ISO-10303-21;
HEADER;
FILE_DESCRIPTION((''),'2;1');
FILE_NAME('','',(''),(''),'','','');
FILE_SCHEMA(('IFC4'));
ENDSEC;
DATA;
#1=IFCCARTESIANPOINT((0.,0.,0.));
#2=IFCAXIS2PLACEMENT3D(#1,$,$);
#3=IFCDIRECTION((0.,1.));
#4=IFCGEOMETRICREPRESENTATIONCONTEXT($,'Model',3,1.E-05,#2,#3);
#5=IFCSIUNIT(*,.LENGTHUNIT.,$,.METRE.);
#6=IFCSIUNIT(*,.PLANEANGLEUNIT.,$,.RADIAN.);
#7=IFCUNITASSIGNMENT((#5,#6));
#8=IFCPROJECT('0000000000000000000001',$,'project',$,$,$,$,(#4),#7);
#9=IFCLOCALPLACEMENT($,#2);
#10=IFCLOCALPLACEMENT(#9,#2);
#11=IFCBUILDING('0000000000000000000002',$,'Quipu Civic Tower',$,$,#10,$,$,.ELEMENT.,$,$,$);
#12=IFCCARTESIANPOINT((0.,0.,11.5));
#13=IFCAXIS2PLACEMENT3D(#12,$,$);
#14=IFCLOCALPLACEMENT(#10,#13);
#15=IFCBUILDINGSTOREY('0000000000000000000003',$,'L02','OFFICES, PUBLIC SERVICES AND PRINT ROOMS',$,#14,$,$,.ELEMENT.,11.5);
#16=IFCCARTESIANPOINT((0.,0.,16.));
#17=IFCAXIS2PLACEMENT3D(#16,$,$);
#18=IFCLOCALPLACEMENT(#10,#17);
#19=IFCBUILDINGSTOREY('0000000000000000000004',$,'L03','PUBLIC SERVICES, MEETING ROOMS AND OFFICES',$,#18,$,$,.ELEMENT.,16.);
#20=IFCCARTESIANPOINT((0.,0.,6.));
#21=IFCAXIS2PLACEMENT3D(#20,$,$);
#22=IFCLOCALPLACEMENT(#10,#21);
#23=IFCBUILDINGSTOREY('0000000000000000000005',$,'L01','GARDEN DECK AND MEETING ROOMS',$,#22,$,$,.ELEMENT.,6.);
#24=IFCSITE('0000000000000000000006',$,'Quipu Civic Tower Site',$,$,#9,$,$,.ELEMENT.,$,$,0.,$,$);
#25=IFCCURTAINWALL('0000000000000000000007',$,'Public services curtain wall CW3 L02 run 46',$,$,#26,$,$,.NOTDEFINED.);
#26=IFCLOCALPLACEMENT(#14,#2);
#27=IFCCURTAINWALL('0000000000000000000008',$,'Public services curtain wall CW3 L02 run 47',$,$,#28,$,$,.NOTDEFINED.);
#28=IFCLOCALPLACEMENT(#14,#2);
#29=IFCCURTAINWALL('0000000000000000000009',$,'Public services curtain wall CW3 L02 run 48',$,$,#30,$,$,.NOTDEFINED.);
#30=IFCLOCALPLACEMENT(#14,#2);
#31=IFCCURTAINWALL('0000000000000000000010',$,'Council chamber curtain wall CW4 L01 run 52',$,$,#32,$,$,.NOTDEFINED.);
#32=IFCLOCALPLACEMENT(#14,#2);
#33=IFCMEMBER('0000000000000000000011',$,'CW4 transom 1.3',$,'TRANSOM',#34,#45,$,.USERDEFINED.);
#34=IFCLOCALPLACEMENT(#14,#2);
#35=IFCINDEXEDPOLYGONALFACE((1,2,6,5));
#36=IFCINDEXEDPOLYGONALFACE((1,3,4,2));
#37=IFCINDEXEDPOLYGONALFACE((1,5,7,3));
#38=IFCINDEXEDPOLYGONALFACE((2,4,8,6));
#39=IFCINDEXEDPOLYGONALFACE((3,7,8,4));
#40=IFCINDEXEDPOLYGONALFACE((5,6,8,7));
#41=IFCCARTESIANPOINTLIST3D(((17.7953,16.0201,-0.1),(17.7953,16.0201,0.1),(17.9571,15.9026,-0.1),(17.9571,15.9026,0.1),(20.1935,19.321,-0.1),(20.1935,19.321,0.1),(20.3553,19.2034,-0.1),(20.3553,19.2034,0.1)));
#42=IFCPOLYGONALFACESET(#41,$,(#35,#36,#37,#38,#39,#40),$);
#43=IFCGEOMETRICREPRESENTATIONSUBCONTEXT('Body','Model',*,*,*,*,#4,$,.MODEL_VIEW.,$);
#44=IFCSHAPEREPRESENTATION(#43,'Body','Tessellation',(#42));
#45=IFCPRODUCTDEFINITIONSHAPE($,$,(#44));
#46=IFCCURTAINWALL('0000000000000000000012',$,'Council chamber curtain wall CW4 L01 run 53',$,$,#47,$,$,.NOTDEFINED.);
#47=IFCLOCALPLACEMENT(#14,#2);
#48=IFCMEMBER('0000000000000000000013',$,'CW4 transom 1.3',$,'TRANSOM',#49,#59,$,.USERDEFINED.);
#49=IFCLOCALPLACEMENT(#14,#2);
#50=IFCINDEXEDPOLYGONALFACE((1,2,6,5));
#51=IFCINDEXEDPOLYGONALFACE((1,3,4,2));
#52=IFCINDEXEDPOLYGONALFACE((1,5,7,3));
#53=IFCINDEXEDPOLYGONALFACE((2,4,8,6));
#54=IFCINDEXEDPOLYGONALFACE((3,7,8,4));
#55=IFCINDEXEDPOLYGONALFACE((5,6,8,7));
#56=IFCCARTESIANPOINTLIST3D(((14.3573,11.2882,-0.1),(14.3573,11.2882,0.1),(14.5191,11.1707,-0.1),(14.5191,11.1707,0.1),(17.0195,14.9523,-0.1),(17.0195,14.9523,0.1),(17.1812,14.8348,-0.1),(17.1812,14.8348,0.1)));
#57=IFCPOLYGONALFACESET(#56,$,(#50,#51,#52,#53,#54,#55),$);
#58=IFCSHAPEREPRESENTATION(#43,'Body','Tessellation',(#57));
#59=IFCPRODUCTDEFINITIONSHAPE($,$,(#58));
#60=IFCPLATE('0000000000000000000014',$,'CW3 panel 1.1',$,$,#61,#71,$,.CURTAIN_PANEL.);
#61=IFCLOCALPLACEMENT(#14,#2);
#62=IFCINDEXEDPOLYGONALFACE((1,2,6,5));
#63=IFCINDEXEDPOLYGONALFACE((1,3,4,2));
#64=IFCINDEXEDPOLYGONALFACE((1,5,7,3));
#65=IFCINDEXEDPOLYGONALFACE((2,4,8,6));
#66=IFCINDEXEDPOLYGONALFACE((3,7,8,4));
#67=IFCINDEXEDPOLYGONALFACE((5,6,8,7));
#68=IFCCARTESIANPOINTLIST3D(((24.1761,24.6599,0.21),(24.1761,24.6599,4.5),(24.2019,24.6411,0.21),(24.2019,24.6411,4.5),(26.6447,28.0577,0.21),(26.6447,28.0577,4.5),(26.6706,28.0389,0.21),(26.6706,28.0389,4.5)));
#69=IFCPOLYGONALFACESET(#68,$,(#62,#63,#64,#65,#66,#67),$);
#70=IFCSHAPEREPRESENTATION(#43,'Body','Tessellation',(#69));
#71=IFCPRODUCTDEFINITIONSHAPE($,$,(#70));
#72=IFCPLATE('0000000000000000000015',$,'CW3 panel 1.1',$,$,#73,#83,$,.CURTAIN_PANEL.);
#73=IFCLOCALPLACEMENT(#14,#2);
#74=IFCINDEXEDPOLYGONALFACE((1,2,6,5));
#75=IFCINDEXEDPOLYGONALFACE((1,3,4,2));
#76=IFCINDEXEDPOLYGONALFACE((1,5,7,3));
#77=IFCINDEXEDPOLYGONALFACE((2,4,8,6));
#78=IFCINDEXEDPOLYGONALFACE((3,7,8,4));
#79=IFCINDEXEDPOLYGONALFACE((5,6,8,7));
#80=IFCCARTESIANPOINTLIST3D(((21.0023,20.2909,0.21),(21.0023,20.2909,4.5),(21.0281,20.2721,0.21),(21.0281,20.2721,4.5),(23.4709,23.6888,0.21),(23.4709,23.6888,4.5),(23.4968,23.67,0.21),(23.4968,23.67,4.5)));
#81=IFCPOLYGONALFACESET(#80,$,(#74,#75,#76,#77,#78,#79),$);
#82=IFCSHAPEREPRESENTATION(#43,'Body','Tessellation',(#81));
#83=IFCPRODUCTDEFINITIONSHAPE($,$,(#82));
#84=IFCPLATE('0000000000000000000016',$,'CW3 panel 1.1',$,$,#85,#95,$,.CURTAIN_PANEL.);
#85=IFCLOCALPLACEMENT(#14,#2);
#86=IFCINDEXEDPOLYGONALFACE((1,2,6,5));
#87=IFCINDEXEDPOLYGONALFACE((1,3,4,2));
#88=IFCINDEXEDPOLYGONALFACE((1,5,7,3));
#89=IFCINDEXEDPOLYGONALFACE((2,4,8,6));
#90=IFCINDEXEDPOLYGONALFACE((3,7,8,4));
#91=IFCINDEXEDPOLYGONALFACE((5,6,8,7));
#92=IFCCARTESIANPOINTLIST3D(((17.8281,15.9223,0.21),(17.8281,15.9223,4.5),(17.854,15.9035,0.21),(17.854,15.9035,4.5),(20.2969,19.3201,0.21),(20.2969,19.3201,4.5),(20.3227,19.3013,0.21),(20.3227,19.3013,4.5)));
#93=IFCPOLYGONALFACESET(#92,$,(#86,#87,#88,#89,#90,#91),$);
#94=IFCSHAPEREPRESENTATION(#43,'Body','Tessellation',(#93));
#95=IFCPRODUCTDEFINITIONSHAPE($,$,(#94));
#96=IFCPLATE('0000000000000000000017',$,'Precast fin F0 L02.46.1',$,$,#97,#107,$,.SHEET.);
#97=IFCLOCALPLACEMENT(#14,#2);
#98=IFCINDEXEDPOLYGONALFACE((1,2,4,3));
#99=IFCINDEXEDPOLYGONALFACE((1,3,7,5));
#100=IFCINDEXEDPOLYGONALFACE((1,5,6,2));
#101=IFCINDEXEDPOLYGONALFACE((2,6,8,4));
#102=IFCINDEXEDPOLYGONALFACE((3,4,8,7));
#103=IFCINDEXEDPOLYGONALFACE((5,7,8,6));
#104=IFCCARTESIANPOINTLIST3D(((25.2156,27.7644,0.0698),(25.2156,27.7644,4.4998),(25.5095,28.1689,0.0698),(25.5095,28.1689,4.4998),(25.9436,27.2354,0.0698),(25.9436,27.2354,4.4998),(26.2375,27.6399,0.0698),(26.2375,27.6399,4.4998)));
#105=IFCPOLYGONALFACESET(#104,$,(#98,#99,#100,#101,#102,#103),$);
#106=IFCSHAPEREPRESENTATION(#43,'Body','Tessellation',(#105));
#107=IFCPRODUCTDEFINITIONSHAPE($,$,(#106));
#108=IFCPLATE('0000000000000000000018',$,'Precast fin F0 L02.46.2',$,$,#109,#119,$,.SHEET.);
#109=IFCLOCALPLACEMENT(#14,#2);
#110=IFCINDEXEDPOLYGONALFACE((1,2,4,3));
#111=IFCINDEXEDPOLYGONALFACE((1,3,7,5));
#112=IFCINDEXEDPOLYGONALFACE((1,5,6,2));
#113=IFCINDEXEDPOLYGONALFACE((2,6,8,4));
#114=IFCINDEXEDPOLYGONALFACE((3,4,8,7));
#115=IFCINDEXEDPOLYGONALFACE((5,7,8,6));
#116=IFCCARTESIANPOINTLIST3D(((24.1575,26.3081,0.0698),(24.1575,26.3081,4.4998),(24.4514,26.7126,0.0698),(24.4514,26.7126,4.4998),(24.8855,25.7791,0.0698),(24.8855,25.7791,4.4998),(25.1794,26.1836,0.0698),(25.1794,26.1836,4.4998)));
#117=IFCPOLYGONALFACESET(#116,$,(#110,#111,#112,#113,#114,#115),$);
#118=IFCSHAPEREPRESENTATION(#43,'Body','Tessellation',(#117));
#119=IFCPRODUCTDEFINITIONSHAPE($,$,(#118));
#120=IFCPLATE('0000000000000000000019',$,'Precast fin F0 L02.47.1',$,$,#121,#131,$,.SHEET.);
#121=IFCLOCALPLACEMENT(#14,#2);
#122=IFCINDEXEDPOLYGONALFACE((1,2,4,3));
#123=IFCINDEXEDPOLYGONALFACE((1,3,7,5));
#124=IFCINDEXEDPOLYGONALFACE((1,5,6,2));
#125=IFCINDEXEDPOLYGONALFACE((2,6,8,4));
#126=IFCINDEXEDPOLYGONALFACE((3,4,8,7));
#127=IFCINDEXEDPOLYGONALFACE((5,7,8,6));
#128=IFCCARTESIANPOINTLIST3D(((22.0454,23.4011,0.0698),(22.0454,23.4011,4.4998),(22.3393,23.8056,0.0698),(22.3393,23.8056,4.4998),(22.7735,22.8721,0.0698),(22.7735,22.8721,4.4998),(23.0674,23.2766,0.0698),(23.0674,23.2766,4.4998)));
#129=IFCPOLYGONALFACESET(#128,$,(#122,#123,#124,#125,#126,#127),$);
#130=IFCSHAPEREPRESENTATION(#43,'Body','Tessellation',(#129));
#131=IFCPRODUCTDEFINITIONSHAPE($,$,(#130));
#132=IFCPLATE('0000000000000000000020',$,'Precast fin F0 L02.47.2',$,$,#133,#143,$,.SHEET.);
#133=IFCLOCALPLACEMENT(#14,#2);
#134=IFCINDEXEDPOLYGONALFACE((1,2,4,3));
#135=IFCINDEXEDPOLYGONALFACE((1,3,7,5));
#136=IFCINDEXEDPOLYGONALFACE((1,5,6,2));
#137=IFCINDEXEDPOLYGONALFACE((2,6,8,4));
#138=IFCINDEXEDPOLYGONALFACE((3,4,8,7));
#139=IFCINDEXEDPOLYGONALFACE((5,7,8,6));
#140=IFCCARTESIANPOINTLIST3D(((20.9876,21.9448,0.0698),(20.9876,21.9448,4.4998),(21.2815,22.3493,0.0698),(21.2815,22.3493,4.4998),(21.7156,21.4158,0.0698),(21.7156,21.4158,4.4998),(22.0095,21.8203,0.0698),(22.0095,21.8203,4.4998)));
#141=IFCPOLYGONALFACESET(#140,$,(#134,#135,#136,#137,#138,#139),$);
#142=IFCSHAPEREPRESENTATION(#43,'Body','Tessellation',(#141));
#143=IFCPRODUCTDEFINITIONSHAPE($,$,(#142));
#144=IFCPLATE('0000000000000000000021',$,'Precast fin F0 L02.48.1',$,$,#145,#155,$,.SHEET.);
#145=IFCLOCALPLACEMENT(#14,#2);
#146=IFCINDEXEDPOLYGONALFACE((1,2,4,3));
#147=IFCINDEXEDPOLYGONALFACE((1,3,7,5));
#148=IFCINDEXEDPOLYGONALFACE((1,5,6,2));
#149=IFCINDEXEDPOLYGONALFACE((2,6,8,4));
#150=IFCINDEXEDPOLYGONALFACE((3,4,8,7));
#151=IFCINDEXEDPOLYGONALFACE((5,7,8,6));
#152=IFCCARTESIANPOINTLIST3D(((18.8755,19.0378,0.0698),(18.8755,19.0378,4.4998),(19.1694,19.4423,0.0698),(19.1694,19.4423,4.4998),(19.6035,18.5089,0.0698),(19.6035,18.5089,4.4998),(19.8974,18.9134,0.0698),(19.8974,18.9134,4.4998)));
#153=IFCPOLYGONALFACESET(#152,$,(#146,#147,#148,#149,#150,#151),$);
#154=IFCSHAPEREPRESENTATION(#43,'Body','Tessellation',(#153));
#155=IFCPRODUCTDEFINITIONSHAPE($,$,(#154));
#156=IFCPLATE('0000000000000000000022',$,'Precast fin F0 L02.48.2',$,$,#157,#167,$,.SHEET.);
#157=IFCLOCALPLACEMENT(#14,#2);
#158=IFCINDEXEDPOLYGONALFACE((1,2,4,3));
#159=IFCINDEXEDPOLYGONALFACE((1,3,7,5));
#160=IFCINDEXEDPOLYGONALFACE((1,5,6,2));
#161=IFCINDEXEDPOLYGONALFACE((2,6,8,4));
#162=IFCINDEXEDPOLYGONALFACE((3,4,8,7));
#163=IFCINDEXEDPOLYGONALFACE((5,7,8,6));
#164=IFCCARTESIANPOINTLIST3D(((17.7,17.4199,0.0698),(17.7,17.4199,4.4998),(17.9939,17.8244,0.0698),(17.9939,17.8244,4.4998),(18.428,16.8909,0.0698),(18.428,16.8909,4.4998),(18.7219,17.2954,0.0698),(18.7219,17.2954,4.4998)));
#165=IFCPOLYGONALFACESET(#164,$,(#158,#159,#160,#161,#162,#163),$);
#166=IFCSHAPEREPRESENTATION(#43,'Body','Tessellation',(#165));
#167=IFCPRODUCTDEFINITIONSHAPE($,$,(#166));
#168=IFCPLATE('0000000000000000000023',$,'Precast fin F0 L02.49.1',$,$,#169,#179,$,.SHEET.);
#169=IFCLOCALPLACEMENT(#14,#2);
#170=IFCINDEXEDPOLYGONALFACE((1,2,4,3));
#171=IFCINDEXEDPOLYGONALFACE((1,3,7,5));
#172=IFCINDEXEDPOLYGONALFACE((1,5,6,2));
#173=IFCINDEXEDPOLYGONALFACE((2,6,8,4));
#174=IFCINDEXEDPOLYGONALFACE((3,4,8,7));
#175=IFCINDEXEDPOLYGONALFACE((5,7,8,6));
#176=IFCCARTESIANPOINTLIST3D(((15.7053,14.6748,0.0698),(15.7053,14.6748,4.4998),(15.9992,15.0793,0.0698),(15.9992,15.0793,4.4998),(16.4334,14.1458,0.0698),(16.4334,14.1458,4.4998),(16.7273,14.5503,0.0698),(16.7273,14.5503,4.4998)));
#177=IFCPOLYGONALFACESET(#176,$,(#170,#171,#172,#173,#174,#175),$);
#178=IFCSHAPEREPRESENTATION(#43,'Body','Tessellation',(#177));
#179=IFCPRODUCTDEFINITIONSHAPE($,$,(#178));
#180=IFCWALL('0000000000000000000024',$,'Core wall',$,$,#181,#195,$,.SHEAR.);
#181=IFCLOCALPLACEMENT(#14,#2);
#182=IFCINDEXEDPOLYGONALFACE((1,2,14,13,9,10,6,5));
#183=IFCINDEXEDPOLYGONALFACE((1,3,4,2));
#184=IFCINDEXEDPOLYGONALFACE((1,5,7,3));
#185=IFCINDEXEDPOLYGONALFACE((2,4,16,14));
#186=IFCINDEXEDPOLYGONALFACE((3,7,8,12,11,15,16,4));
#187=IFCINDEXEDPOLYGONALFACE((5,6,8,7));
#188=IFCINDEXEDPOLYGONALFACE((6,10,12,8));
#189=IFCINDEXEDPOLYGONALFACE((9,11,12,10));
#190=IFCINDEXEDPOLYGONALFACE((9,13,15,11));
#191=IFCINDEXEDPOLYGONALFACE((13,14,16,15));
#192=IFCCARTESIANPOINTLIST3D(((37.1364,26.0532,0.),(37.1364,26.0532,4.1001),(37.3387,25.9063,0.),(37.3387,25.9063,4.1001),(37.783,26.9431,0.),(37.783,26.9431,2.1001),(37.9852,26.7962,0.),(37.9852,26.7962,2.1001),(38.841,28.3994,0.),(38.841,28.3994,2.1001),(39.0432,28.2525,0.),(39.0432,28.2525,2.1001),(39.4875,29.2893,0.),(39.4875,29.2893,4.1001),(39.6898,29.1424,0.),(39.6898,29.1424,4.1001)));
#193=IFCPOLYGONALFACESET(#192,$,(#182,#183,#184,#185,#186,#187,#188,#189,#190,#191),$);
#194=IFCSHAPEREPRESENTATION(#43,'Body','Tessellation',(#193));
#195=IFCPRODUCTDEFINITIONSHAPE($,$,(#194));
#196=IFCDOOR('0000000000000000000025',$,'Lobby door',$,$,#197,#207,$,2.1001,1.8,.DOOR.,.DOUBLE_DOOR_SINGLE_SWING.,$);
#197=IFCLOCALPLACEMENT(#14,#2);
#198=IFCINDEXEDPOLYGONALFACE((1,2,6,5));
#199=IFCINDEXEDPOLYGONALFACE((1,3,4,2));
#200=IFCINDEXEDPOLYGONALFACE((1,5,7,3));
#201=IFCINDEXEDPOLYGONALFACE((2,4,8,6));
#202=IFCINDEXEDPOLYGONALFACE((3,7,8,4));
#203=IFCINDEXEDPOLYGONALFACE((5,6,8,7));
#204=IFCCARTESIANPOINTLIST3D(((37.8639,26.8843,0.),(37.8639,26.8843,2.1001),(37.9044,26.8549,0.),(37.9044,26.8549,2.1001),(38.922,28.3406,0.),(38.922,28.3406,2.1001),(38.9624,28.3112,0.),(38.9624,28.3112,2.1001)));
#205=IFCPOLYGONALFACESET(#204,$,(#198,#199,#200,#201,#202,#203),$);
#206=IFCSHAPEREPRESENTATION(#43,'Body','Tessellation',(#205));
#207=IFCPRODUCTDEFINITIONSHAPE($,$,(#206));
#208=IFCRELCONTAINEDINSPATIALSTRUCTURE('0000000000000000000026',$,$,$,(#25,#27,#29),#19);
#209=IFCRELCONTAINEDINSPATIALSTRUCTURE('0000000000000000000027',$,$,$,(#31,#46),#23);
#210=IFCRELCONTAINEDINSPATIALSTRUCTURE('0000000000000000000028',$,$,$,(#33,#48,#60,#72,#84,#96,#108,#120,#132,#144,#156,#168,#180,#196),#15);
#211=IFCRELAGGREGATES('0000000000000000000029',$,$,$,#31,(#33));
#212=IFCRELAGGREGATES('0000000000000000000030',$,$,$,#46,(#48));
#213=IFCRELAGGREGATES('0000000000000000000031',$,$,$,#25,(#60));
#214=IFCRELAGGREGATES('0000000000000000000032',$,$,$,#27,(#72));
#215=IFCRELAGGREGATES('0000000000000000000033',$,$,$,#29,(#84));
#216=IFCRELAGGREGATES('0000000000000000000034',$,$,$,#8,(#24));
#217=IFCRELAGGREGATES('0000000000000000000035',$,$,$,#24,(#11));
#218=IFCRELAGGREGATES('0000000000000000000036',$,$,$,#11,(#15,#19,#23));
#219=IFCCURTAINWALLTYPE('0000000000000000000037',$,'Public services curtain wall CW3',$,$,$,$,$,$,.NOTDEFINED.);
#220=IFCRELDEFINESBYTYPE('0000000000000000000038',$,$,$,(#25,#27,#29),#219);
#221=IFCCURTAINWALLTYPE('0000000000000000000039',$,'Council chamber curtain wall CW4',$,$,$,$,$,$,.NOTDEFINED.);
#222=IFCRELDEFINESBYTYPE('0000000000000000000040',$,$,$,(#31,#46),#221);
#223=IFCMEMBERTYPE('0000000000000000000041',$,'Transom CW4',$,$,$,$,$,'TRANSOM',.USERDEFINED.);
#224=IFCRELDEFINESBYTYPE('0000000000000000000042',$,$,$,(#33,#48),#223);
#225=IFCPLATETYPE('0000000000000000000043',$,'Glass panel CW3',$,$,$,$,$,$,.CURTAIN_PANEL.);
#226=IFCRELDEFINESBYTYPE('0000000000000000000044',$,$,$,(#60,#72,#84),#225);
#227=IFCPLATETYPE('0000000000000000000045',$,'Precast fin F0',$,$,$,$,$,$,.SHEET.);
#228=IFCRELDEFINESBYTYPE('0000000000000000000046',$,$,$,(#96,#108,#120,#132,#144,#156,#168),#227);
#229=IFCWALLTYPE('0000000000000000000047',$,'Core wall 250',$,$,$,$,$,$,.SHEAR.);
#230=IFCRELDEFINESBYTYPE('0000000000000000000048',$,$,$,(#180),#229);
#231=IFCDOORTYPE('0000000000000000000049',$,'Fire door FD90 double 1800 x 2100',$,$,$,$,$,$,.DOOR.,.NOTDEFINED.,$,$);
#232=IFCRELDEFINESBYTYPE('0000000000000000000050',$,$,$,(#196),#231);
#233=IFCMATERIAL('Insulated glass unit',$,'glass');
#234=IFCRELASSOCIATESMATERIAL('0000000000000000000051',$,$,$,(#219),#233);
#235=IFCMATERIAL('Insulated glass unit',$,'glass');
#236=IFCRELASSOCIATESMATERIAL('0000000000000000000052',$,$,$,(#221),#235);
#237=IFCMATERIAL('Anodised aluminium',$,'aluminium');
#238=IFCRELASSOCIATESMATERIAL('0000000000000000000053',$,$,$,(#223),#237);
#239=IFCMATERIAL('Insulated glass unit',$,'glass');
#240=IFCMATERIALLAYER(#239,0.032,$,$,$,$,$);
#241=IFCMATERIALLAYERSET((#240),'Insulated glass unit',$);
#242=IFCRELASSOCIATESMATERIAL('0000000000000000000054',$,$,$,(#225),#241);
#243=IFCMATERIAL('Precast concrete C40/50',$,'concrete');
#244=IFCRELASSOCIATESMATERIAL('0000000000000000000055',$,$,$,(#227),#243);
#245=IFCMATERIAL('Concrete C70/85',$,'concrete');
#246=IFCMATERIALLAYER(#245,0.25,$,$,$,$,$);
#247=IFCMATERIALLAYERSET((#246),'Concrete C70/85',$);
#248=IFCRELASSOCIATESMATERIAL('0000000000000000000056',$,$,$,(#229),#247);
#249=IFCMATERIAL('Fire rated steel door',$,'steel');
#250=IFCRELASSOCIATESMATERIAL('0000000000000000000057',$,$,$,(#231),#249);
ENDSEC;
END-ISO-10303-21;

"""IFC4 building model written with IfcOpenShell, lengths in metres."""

from ifc_helpers import new_model, si_unit, direction, frame, frame_2d, origin, origin_2d, place, context, subcontext, project, spatial, rectangle, extrude, material, layer, layer_set, material_profile, profile_set, type_object, element, fill, aggregate, save


model = new_model("IFC4")

# Units and contexts
model_context = context("Model", 3, precision=1e-05, world=origin(), true_north=direction((0.0, 1.0)))
body_context = subcontext(model_context, "Body", "Model", "MODEL_VIEW")
ifc_project = project(units=[si_unit("LENGTHUNIT", "METRE"), si_unit("PLANEANGLEUNIT", "RADIAN")], contexts=[model_context])

# Site, building, storey
site_placement = place(None, origin())
site = spatial("IfcSite", under=ifc_project, at=site_placement, Name="Quipu Civic Tower Site", CompositionType="ELEMENT", RefElevation=0.0)
building_placement = place(site_placement, origin())
building = spatial("IfcBuilding", under=site, at=building_placement, Name="Quipu Civic Tower", CompositionType="ELEMENT")
storey_1_placement = place(building_placement, frame((0.0, 0.0, 11.5)))
storey_1 = spatial("IfcBuildingStorey", under=building, at=storey_1_placement, Name="L02", Description="OFFICES, PUBLIC SERVICES AND PRINT ROOMS", CompositionType="ELEMENT", Elevation=11.5)

# Shared definitions
storey_2_placement = place(building_placement, frame((0.0, 0.0, 16.0)))
storey_2 = spatial("IfcBuildingStorey", under=building, at=storey_2_placement, Name="L03", Description="PUBLIC SERVICES, MEETING ROOMS AND OFFICES", CompositionType="ELEMENT", Elevation=16.0)

# Curtain walls
ifc_material_1 = material(Name="Insulated glass unit", Category="glass")
curtain_wall_type_1 = type_object("IfcCurtainWallType", Name="Public services curtain wall CW3", PredefinedType="NOTDEFINED", material=ifc_material_1)
curtain_wall_1_placement = place(storey_2_placement, origin())
curtain_wall_1 = element("IfcCurtainWall", 1, at=curtain_wall_1_placement, inside=storey_2, type_object=curtain_wall_type_1, Name="Public services curtain wall CW3 L02 run 46", PredefinedType="NOTDEFINED")
curtain_wall_2_placement = place(storey_2_placement, origin())
curtain_wall_2 = element("IfcCurtainWall", 2, at=curtain_wall_2_placement, inside=storey_2, type_object=curtain_wall_type_1, Name="Public services curtain wall CW3 L02 run 47", PredefinedType="NOTDEFINED")
curtain_wall_3_placement = place(storey_2_placement, origin())
curtain_wall_3 = element("IfcCurtainWall", 3, at=curtain_wall_3_placement, inside=storey_2, type_object=curtain_wall_type_1, Name="Public services curtain wall CW3 L02 run 48", PredefinedType="NOTDEFINED")

# Shared definitions
storey_3_placement = place(building_placement, frame((0.0, 0.0, 6.0)))
storey_3 = spatial("IfcBuildingStorey", under=building, at=storey_3_placement, Name="L01", Description="GARDEN DECK AND MEETING ROOMS", CompositionType="ELEMENT", Elevation=6.0)

# Curtain walls, members
ifc_material_2 = material(Name="Insulated glass unit", Category="glass")
curtain_wall_type_2 = type_object("IfcCurtainWallType", Name="Council chamber curtain wall CW4", PredefinedType="NOTDEFINED", material=ifc_material_2)
ifc_material_3 = material(Name="Anodised aluminium", Category="aluminium")
ifc_material_profile_1 = material_profile(ifc_material_3, rectangle(XDim=0.2, YDim=0.2, at=origin_2d()), Name="RECT 200x200")
ifc_profile_set_1 = profile_set([ifc_material_profile_1], Name="Anodised aluminium")
member_type_1 = type_object("IfcMemberType", Name="Transom CW4", ElementType="TRANSOM", PredefinedType="USERDEFINED", material=ifc_profile_set_1)
curtain_wall_4_placement = place(storey_3_placement, origin())
curtain_wall_4 = element("IfcCurtainWall", 4, at=curtain_wall_4_placement, inside=storey_3, type_object=curtain_wall_type_2, Name="Council chamber curtain wall CW4 L01 run 52", PredefinedType="NOTDEFINED")
member_1_placement = place(storey_1_placement, frame((20.2744, 19.2622, 0.0), z_axis=(-0.587791, -0.809013, 0.0), x_axis=(0.809013, -0.587791, 0.0)))
member_1 = element("IfcMember", 5, at=member_1_placement, inside=storey_1, type_object=member_type_1, Name="CW4 transom 1.3", ObjectType="TRANSOM", PredefinedType="USERDEFINED", context=body_context, shape_type="SweptSolid", body=[
    extrude(rectangle(XDim=0.2, YDim=0.2, at=origin_2d()), origin(), (0.0, 0.0, 1.0), 4.0801),
])
aggregate(curtain_wall_4, [member_1])
curtain_wall_5_placement = place(storey_3_placement, origin())
curtain_wall_5 = element("IfcCurtainWall", 6, at=curtain_wall_5_placement, inside=storey_3, type_object=curtain_wall_type_2, Name="Council chamber curtain wall CW4 L01 run 53", PredefinedType="NOTDEFINED")
member_2_placement = place(storey_1_placement, frame((17.1003, 14.8936, 0.0), z_axis=(-0.587787, -0.809016, 0.0), x_axis=(0.809016, -0.587787, 0.0)))
member_2 = element("IfcMember", 7, at=member_2_placement, inside=storey_1, type_object=member_type_1, Name="CW4 transom 1.3", ObjectType="TRANSOM", PredefinedType="USERDEFINED", context=body_context, shape_type="SweptSolid", body=[
    extrude(rectangle(XDim=0.2, YDim=0.2, at=origin_2d()), origin(), (0.0, 0.0, 1.0), 4.5291),
])
aggregate(curtain_wall_5, [member_2])

# Plates
ifc_material_4 = material(Name="Insulated glass unit", Category="glass")
ifc_layer_1 = layer(ifc_material_4, 0.032)
ifc_layer_set_1 = layer_set([ifc_layer_1], Name="Insulated glass unit")
plate_type_1 = type_object("IfcPlateType", Name="Glass panel CW3", PredefinedType="CURTAIN_PANEL", material=ifc_layer_set_1)
plate_1_placement = place(storey_1_placement, frame((25.4233, 26.3494, 0.21), z_axis=(0.0, 0.0, 1.0), x_axis=(-0.587789, -0.809014, 0.0)))
plate_1 = element("IfcPlate", 8, at=plate_1_placement, inside=storey_1, type_object=plate_type_1, Name="CW3 panel 1.1", PredefinedType="CURTAIN_PANEL", context=body_context, shape_type="SweptSolid", body=[
    extrude(rectangle(XDim=4.2, YDim=0.032, at=origin_2d()), origin(), (0.0, 0.0, 1.0), 4.29),
])
aggregate(curtain_wall_1, [plate_1])
plate_2_placement = place(storey_1_placement, frame((22.2495, 21.9805, 0.21), z_axis=(0.0, 0.0, 1.0), x_axis=(-0.587774, -0.809025, 0.0)))
plate_2 = element("IfcPlate", 9, at=plate_2_placement, inside=storey_1, type_object=plate_type_1, Name="CW3 panel 1.1", PredefinedType="CURTAIN_PANEL", context=body_context, shape_type="SweptSolid", body=[
    extrude(rectangle(XDim=4.2, YDim=0.032, at=origin_2d()), origin(), (0.0, 0.0, 1.0), 4.29),
])
aggregate(curtain_wall_2, [plate_2])
plate_3_placement = place(storey_1_placement, frame((19.0754, 17.6118, 0.21), z_axis=(0.0, 0.0, 1.0), x_axis=(-0.5878, -0.809006, 0.0)))
plate_3 = element("IfcPlate", 10, at=plate_3_placement, inside=storey_1, type_object=plate_type_1, Name="CW3 panel 1.1", PredefinedType="CURTAIN_PANEL", context=body_context, shape_type="SweptSolid", body=[
    extrude(rectangle(XDim=4.2, YDim=0.032, at=origin_2d()), origin(), (0.0, 0.0, 1.0), 4.29),
])
aggregate(curtain_wall_3, [plate_3])

# Plates
ifc_material_5 = material(Name="Precast concrete C40/50", Category="concrete")
plate_type_2 = type_object("IfcPlateType", Name="Precast fin F0", PredefinedType="SHEET", material=ifc_material_5)
for number, where, z_axis, x_axis, name in (
    (11, (25.7266, 27.7021, 0.0698), (0.0, 0.0, 1.0), (-0.587785, -0.809017, 0.0), "Precast fin F0 L02.46.1"),
    (12, (24.6685, 26.2458, 0.0698), (0.0, 0.0, 1.0), (-0.587785, -0.809017, 0.0), "Precast fin F0 L02.46.2"),
    (13, (22.5564, 23.3389, 0.0698), (0.0, 0.0, 1.0), (-0.587785, -0.809017, 0.0), "Precast fin F0 L02.47.1"),
    (14, (21.4985, 21.8826, 0.0698), (0.0, 0.0, 1.0), (-0.587785, -0.809017, 0.0), "Precast fin F0 L02.47.2"),
    (15, (19.3865, 18.9756, 0.0698), (0.0, 0.0, 1.0), (-0.587785, -0.809017, 0.0), "Precast fin F0 L02.48.1"),
    (16, (18.2109, 17.3577, 0.0698), (0.0, 0.0, 1.0), (-0.587785, -0.809017, 0.0), "Precast fin F0 L02.48.2"),
    (17, (16.2163, 14.6125, 0.0698), (0.0, 0.0, 1.0), (-0.587785, -0.809017, 0.0), "Precast fin F0 L02.49.1"),
):
    element("IfcPlate", number, at=place(storey_1_placement, frame(where, z_axis=z_axis, x_axis=x_axis)), inside=storey_1, type_object=plate_type_2, Name=name, PredefinedType="SHEET", context=body_context, shape_type="SweptSolid", body=[
        extrude(rectangle(XDim=0.5, YDim=0.8999, at=origin_2d()), origin(), (0.0, 0.0, 1.0), 4.4299),
    ])

# Wall, opening, door
ifc_material_6 = material(Name="Concrete C70/85", Category="concrete")
ifc_layer_2 = layer(ifc_material_6, 0.25)
ifc_layer_set_2 = layer_set([ifc_layer_2], Name="Concrete C70/85")
wall_type_1 = type_object("IfcWallType", Name="Core wall 250", PredefinedType="SHEAR", material=ifc_layer_set_2)
wall_1_placement = place(storey_1_placement, frame((37.2375, 25.9797, 0.0), z_axis=(0.0, 0.0, 1.0), x_axis=(0.587772, 0.809026, 0.0)))
wall_1 = element("IfcWall", 18, at=wall_1_placement, inside=storey_1, type_object=wall_type_1, Name="Core wall", PredefinedType="SHEAR", context=body_context, shape_type="SweptSolid", body=[
    extrude(rectangle(XDim=4.0, YDim=0.25, at=frame_2d((2.0, 0.0))), origin(), (0.0, 0.0, 1.0), 4.1001),
])
opening_1_placement = place(wall_1_placement, frame((1.1001, 0.0, 0.0)))
opening_1 = element("IfcOpeningElement", 19, at=opening_1_placement, cuts=wall_1, PredefinedType="OPENING", context=body_context, shape_type="SweptSolid", body=[
    extrude(rectangle(XDim=1.8, YDim=2.1001, at=frame_2d((0.8999, 1.05))), frame((0.0, 0.135, 0.0), z_axis=(0.0, -1.0, 0.0), x_axis=(1.0, 0.0, 0.0)), (0.0, 0.0, 1.0), 0.27),
])
ifc_material_7 = material(Name="Fire rated steel door", Category="steel")
door_type = type_object("IfcDoorType", Name="Fire door FD90 double 1800 x 2100", OperationType="NOTDEFINED", PredefinedType="DOOR", material=ifc_material_7)
door_1_placement = place(opening_1_placement, origin())
door_1 = element("IfcDoor", 20, at=door_1_placement, inside=storey_1, type_object=door_type, Name="Lobby door", OperationType="DOUBLE_DOOR_SINGLE_SWING", OverallHeight=2.1001, OverallWidth=1.8, PredefinedType="DOOR", context=body_context, shape_type="SweptSolid", body=[
    extrude(rectangle(XDim=1.8, YDim=2.1001, at=frame_2d((0.8999, 1.05))), frame((0.0, 0.0249, 0.0), z_axis=(0.0, -1.0, 0.0), x_axis=(1.0, 0.0, 0.0)), (0.0, 0.0, 1.0), 0.05),
])
fill(opening_1, door_1)

save(model, "model.ifc")
